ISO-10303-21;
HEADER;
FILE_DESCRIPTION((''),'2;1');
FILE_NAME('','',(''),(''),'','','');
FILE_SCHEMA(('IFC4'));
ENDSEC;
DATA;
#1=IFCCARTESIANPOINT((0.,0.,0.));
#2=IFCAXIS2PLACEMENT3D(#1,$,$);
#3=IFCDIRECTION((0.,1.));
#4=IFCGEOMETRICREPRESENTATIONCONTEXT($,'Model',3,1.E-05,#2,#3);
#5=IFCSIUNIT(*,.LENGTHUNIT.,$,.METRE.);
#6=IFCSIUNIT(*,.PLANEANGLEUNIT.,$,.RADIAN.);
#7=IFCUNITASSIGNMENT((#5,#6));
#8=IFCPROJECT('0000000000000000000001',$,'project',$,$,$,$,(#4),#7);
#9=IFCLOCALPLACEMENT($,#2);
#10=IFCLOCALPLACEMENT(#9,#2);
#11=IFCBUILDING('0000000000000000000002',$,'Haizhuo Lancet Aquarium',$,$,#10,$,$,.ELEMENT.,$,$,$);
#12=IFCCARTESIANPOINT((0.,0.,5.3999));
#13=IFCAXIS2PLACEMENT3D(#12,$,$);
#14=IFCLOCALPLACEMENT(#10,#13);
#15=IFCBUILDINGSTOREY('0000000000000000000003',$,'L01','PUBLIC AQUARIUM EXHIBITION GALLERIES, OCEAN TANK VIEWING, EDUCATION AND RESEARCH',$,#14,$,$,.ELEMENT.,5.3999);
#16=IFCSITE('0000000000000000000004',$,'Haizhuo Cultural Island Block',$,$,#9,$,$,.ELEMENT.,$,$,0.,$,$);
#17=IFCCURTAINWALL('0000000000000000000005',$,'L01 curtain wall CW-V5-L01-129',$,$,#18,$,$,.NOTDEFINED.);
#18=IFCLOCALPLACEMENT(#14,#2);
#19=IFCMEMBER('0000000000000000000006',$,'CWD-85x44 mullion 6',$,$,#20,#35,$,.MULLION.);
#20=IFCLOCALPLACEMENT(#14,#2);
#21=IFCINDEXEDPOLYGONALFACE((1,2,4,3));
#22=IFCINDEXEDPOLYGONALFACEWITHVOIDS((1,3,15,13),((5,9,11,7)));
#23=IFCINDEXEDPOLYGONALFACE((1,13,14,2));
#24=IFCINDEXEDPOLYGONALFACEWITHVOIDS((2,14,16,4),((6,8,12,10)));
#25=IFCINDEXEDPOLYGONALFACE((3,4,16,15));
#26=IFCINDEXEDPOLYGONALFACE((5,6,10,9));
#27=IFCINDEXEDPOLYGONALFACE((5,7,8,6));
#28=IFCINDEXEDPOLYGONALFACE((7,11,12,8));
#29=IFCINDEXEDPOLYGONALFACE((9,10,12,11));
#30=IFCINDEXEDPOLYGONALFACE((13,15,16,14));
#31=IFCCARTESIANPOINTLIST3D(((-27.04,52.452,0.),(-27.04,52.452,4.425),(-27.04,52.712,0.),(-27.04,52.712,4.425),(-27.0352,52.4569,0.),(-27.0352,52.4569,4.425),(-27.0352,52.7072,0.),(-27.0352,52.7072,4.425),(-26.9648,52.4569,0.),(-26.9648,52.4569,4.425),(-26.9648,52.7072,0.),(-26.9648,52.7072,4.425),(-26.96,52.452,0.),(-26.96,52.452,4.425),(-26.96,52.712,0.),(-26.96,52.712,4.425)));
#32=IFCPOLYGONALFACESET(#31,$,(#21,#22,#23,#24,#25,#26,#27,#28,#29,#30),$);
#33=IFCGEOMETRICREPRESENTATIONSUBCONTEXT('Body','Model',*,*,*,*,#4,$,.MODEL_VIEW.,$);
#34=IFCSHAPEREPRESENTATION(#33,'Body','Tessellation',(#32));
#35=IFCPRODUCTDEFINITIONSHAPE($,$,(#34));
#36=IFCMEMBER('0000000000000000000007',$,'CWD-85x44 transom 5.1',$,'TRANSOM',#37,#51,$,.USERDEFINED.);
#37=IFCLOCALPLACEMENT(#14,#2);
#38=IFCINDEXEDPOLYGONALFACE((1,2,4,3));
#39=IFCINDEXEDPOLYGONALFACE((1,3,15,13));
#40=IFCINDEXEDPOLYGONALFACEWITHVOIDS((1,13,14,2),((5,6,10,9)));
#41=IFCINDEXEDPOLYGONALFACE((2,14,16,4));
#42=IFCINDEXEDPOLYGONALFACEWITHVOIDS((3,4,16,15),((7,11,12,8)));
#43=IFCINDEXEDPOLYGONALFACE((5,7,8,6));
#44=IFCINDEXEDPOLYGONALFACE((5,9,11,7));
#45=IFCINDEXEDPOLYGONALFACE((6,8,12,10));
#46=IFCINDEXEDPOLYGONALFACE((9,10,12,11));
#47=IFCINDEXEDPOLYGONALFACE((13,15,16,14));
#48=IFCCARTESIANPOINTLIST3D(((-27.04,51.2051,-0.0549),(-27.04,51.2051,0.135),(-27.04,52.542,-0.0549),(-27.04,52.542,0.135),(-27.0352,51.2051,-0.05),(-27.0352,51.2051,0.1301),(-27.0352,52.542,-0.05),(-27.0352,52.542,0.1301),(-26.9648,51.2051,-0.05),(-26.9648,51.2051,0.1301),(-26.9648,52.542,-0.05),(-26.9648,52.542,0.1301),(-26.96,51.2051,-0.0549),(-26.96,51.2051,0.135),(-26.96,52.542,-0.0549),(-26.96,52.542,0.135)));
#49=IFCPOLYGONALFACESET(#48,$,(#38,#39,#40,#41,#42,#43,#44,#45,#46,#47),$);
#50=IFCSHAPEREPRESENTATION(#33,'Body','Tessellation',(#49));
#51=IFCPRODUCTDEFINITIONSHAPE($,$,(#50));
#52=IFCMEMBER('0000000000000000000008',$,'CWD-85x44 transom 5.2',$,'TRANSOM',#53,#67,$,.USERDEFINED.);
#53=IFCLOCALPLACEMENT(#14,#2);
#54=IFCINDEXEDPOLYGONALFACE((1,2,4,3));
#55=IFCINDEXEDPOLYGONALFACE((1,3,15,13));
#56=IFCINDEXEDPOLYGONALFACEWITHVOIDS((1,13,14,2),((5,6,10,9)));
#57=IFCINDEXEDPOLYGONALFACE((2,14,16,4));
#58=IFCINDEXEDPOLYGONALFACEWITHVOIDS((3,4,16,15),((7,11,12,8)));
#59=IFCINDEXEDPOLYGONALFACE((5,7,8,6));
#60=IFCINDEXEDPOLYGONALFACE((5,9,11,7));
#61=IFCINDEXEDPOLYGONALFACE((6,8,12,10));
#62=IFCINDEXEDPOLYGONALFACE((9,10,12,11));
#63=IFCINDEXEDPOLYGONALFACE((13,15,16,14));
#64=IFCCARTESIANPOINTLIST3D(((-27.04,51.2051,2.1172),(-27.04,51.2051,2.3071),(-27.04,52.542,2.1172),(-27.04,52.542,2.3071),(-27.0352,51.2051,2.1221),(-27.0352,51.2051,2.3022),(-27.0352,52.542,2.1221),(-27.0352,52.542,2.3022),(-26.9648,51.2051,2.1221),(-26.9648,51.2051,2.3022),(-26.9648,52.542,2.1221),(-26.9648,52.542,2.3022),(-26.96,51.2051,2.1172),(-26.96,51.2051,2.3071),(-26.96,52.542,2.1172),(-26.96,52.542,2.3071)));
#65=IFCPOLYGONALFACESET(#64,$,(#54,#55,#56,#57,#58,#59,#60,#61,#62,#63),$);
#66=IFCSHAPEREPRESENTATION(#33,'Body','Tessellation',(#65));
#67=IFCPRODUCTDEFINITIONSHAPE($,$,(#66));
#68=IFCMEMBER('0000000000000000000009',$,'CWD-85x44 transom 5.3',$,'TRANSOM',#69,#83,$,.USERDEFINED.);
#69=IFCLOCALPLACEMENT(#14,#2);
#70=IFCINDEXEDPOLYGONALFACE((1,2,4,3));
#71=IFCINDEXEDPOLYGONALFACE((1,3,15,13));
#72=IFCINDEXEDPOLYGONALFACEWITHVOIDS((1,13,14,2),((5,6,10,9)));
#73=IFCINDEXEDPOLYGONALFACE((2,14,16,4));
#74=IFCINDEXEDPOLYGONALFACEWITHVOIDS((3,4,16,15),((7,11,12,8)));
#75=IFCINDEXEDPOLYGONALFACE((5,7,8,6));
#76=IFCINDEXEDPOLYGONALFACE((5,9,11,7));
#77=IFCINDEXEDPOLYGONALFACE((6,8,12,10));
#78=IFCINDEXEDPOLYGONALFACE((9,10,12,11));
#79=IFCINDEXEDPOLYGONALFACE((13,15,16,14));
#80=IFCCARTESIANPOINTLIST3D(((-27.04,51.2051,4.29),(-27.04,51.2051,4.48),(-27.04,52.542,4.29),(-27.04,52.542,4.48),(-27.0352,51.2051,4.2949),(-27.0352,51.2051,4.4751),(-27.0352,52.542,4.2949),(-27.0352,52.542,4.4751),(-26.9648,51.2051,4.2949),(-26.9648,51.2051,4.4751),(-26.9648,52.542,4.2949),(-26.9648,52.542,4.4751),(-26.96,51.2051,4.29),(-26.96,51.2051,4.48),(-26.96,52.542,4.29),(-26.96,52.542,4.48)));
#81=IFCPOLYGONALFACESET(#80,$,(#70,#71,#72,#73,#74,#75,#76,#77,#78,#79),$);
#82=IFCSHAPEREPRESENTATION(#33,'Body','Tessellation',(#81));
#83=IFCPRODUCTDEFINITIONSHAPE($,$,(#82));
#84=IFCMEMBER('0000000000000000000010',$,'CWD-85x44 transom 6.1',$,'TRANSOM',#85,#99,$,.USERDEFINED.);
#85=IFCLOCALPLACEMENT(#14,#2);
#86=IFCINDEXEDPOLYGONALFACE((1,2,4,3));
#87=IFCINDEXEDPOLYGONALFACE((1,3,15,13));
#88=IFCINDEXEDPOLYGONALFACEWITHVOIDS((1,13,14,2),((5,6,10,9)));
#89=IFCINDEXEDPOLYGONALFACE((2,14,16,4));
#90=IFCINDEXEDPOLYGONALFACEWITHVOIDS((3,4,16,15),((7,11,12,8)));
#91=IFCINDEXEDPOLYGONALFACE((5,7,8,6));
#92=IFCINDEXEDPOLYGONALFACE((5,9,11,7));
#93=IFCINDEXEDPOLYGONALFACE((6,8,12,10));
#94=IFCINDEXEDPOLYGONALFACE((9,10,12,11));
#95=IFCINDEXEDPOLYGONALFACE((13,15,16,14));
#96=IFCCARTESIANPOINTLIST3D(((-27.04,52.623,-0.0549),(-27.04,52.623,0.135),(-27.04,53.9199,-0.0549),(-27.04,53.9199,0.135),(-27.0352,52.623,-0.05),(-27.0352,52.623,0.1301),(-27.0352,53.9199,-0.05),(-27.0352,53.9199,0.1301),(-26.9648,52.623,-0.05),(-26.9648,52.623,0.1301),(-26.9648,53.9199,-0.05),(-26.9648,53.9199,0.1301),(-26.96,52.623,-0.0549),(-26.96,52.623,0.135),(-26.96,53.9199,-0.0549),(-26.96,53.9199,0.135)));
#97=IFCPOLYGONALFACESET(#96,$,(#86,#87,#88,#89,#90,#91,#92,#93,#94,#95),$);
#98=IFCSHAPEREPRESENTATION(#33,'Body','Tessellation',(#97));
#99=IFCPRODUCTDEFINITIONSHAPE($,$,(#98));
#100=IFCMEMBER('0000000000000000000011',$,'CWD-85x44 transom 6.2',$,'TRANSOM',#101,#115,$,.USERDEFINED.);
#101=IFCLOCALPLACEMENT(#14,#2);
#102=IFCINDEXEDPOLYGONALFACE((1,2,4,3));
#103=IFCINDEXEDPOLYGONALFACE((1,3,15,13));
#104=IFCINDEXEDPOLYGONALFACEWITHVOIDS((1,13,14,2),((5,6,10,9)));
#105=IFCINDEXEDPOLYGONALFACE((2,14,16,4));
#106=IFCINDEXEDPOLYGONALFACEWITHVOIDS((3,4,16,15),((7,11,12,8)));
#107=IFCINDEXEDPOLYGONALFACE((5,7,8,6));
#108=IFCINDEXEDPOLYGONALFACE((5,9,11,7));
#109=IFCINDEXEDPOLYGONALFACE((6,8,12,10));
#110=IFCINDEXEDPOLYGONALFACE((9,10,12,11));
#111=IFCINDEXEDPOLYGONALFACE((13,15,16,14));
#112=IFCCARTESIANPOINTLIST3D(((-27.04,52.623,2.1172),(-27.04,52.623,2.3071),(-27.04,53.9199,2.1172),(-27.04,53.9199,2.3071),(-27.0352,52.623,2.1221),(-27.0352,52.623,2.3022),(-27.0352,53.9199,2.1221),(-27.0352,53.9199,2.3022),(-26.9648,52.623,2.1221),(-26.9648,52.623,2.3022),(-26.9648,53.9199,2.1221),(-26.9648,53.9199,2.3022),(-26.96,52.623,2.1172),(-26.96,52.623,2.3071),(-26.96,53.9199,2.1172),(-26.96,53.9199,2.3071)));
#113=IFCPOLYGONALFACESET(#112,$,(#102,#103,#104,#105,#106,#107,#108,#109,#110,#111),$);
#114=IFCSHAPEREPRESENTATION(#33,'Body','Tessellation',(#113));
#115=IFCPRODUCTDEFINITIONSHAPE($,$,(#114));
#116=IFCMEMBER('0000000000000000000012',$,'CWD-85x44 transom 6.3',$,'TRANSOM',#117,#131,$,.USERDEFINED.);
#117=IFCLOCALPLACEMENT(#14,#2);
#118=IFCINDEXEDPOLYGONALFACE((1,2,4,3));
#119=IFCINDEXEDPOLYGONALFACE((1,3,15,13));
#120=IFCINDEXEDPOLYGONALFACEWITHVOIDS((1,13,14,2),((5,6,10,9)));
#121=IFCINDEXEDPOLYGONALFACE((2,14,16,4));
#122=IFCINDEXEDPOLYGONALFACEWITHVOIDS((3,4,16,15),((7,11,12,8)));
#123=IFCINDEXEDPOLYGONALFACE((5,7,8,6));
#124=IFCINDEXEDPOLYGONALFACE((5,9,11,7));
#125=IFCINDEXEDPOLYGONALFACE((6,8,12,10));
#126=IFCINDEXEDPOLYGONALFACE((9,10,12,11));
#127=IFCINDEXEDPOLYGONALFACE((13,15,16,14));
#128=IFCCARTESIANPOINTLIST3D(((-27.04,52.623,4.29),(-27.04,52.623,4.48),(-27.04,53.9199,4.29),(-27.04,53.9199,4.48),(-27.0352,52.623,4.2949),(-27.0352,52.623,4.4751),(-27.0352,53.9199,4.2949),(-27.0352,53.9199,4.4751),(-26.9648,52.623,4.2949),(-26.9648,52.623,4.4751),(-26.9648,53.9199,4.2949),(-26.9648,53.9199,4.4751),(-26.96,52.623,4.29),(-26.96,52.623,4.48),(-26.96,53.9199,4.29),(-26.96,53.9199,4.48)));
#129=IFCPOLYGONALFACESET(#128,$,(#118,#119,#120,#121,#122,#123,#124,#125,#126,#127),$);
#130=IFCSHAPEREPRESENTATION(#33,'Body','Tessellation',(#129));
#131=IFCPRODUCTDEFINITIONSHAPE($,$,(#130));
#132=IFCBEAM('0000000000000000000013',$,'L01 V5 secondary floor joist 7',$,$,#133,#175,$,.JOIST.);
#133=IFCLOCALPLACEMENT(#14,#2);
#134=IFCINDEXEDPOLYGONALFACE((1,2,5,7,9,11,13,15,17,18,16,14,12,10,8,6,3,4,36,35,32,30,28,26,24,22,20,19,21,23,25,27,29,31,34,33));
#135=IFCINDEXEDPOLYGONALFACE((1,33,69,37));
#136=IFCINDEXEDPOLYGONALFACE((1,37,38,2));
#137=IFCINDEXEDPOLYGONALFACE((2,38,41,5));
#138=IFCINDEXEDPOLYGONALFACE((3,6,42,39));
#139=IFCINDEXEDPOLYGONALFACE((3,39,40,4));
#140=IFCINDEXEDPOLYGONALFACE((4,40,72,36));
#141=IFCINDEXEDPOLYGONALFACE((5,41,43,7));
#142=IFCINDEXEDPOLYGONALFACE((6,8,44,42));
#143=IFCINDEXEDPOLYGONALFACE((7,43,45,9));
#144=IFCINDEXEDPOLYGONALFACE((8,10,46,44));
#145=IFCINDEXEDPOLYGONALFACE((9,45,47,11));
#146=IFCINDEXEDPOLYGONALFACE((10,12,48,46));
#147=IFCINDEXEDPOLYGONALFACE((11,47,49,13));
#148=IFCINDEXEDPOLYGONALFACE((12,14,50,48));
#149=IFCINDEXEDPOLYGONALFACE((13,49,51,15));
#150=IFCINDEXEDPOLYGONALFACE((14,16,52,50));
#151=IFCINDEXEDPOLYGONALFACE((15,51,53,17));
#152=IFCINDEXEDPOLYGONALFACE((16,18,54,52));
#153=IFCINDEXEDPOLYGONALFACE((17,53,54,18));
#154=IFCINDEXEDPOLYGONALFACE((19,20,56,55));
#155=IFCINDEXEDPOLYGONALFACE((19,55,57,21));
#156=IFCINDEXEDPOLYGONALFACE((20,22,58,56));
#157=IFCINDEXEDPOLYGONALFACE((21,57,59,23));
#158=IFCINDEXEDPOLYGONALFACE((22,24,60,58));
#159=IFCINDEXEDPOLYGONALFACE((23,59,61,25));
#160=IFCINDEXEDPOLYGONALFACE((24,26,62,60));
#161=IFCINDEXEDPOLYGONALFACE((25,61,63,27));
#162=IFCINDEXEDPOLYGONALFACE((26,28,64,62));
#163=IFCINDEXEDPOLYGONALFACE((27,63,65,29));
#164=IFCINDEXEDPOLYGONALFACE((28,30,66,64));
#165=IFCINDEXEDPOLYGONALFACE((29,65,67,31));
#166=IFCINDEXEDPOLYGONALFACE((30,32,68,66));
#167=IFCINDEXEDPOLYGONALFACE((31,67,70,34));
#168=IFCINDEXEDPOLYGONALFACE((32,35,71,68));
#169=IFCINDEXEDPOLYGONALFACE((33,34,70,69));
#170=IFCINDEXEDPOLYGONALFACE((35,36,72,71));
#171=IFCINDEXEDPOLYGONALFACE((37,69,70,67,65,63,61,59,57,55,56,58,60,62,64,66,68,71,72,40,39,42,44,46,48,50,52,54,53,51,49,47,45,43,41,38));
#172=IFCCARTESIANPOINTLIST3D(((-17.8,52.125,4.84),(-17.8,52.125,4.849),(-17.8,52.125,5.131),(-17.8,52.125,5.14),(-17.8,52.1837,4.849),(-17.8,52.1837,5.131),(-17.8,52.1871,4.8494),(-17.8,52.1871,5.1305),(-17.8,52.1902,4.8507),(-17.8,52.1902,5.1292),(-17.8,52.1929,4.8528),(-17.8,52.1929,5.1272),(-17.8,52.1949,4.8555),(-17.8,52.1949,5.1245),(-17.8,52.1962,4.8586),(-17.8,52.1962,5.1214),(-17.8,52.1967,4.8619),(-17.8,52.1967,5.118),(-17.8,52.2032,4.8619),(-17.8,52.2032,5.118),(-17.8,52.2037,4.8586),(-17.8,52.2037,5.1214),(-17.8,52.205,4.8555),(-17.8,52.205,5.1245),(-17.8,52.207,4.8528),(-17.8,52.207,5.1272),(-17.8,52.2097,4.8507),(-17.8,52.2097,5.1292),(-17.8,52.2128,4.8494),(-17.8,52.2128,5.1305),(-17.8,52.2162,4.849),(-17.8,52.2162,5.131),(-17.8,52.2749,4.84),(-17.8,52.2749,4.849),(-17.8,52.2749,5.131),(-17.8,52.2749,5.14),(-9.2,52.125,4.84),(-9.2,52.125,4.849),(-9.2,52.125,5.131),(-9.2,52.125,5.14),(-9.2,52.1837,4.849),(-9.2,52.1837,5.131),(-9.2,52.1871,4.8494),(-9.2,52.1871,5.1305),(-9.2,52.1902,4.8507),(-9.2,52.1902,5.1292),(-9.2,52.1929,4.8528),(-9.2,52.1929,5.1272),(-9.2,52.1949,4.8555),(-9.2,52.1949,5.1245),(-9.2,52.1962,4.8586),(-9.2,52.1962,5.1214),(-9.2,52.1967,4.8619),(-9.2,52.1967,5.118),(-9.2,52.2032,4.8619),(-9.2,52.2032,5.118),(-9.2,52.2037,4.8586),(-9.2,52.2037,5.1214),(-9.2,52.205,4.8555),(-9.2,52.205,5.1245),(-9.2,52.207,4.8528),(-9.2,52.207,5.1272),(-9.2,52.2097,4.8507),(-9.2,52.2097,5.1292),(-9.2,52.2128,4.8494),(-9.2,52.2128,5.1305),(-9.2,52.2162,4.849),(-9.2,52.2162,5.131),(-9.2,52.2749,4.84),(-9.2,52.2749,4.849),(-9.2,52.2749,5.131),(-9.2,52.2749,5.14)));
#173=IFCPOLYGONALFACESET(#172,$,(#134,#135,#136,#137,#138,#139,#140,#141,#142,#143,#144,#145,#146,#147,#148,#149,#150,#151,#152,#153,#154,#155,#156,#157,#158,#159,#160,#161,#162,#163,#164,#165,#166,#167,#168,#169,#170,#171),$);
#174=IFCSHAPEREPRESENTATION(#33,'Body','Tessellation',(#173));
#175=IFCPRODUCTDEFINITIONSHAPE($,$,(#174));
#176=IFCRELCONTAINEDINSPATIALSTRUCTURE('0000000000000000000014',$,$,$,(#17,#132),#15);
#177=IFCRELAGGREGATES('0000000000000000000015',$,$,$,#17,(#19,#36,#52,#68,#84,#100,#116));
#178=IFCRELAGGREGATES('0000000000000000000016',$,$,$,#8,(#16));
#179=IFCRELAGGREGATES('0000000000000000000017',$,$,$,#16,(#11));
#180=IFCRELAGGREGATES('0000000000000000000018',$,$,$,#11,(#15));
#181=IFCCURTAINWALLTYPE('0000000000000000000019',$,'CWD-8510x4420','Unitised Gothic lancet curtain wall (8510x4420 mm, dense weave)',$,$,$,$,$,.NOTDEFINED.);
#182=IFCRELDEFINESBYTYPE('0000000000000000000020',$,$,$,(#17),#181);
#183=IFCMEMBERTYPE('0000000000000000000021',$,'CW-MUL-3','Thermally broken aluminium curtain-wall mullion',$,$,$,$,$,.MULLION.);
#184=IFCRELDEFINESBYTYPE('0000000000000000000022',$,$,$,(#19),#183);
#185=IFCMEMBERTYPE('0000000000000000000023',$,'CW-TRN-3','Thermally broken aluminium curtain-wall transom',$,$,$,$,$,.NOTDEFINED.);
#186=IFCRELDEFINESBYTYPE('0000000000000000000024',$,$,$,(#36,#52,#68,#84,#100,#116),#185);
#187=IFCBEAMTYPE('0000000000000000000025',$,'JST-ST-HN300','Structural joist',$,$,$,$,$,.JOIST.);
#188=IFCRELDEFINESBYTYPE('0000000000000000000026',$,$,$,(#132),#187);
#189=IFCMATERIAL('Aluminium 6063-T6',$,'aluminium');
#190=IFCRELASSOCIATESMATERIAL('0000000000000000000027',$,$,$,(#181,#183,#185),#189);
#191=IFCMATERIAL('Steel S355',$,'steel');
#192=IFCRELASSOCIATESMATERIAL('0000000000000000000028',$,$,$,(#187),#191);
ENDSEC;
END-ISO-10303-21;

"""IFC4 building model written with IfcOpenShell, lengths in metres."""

from ifc_helpers import new_model, si_unit, direction, frame, origin, origin_2d, place, context, subcontext, project, spatial, hollow_rectangle, i_section, extrude, material, material_profile, profile_set, type_object, element, aggregate, save


model = new_model("IFC4")

# Units and contexts
model_context = context("Model", 3, precision=1e-05, world=origin(), true_north=direction((0.0, 1.0)))
body_context = subcontext(model_context, "Body", "Model", "MODEL_VIEW")
ifc_project = project(units=[si_unit("LENGTHUNIT", "METRE"), si_unit("PLANEANGLEUNIT", "RADIAN")], contexts=[model_context])

# Site, building, storey
site_placement = place(None, origin())
site = spatial("IfcSite", under=ifc_project, at=site_placement, Name="Haizhuo Cultural Island Block", CompositionType="ELEMENT", RefElevation=0.0)
building_placement = place(site_placement, origin())
building = spatial("IfcBuilding", under=site, at=building_placement, Name="Haizhuo Lancet Aquarium", CompositionType="ELEMENT")
storey_placement = place(building_placement, frame((0.0, 0.0, 5.3999)))
storey = spatial("IfcBuildingStorey", under=building, at=storey_placement, Name="L01", Description="PUBLIC AQUARIUM EXHIBITION GALLERIES, OCEAN TANK VIEWING, EDUCATION AND RESEARCH", CompositionType="ELEMENT", Elevation=5.3999)

# Curtain wall, members
ifc_material_1 = material(Name="Aluminium 6063-T6", Category="aluminium")
curtain_wall_type = type_object("IfcCurtainWallType", Name="CWD-8510x4420", Description="Unitised Gothic lancet curtain wall (8510x4420 mm, dense weave)", PredefinedType="NOTDEFINED", material=ifc_material_1)
curtain_wall_placement = place(storey_placement, origin())
curtain_wall = element("IfcCurtainWall", 1, at=curtain_wall_placement, inside=storey, type_object=curtain_wall_type, Name="L01 curtain wall CW-V5-L01-129", PredefinedType="NOTDEFINED")
ifc_material_profile_1 = material_profile(ifc_material_1, hollow_rectangle(XDim=0.0801, YDim=0.26, WallThickness=0.0049, at=origin_2d()), Name="ALU-M 80x260x5")
ifc_profile_set_1 = profile_set([ifc_material_profile_1], Name="Aluminium 6063-T6")
member_type_1 = type_object("IfcMemberType", Name="CW-MUL-3", Description="Thermally broken aluminium curtain-wall mullion", PredefinedType="MULLION", material=ifc_profile_set_1)
member_1_placement = place(storey_placement, frame((-27.0, 52.582, 0.0), z_axis=(0.0, 0.0, 1.0), x_axis=(-1.0, 0.0, 0.0)))
member_1 = element("IfcMember", 2, at=member_1_placement, type_object=member_type_1, Name="CWD-85x44 mullion 6", PredefinedType="MULLION", context=body_context, shape_type="SweptSolid", body=[
    extrude(hollow_rectangle(XDim=0.0801, YDim=0.26, WallThickness=0.0049, at=origin_2d()), origin(), (0.0, 0.0, 1.0), 4.425),
])
ifc_material_profile_2 = material_profile(ifc_material_1, hollow_rectangle(XDim=0.0801, YDim=0.1899, WallThickness=0.0049, at=origin_2d()), Name="ALU-T 80x190x5")
ifc_profile_set_2 = profile_set([ifc_material_profile_2], Name="Aluminium 6063-T6")
member_type_2 = type_object("IfcMemberType", Name="CW-TRN-3", Description="Thermally broken aluminium curtain-wall transom", PredefinedType="NOTDEFINED", material=ifc_profile_set_2)
member_2_placement = place(storey_placement, frame((-27.0, 51.2051, 0.04), z_axis=(0.0, 1.0, 0.0), x_axis=(-1.0, 0.0, 0.0)))
member_2 = element("IfcMember", 3, at=member_2_placement, type_object=member_type_2, Name="CWD-85x44 transom 5.1", ObjectType="TRANSOM", PredefinedType="USERDEFINED", context=body_context, shape_type="SweptSolid", body=[
    extrude(hollow_rectangle(XDim=0.0801, YDim=0.1899, WallThickness=0.0049, at=origin_2d()), origin(), (0.0, 0.0, 1.0), 1.3369),
])
member_3_placement = place(storey_placement, frame((-27.0, 51.2051, 2.2122), z_axis=(0.0, 1.0, 0.0), x_axis=(-1.0, 0.0, 0.0)))
member_3 = element("IfcMember", 4, at=member_3_placement, type_object=member_type_2, Name="CWD-85x44 transom 5.2", ObjectType="TRANSOM", PredefinedType="USERDEFINED", context=body_context, shape_type="SweptSolid", body=[
    extrude(hollow_rectangle(XDim=0.0801, YDim=0.1899, WallThickness=0.0049, at=origin_2d()), origin(), (0.0, 0.0, 1.0), 1.3369),
])
member_4_placement = place(storey_placement, frame((-27.0, 51.2051, 4.385), z_axis=(0.0, 1.0, 0.0), x_axis=(-1.0, 0.0, 0.0)))
member_4 = element("IfcMember", 5, at=member_4_placement, type_object=member_type_2, Name="CWD-85x44 transom 5.3", ObjectType="TRANSOM", PredefinedType="USERDEFINED", context=body_context, shape_type="SweptSolid", body=[
    extrude(hollow_rectangle(XDim=0.0801, YDim=0.1899, WallThickness=0.0049, at=origin_2d()), origin(), (0.0, 0.0, 1.0), 1.3369),
])
member_5_placement = place(storey_placement, frame((-27.0, 52.623, 0.04), z_axis=(0.0, 1.0, 0.0), x_axis=(-1.0, 0.0, 0.0)))
member_5 = element("IfcMember", 6, at=member_5_placement, type_object=member_type_2, Name="CWD-85x44 transom 6.1", ObjectType="TRANSOM", PredefinedType="USERDEFINED", context=body_context, shape_type="SweptSolid", body=[
    extrude(hollow_rectangle(XDim=0.0801, YDim=0.1899, WallThickness=0.0049, at=origin_2d()), origin(), (0.0, 0.0, 1.0), 1.2969),
])
member_6_placement = place(storey_placement, frame((-27.0, 52.623, 2.2122), z_axis=(0.0, 1.0, 0.0), x_axis=(-1.0, 0.0, 0.0)))
member_6 = element("IfcMember", 7, at=member_6_placement, type_object=member_type_2, Name="CWD-85x44 transom 6.2", ObjectType="TRANSOM", PredefinedType="USERDEFINED", context=body_context, shape_type="SweptSolid", body=[
    extrude(hollow_rectangle(XDim=0.0801, YDim=0.1899, WallThickness=0.0049, at=origin_2d()), origin(), (0.0, 0.0, 1.0), 1.2969),
])
member_7_placement = place(storey_placement, frame((-27.0, 52.623, 4.385), z_axis=(0.0, 1.0, 0.0), x_axis=(-1.0, 0.0, 0.0)))
member_7 = element("IfcMember", 8, at=member_7_placement, type_object=member_type_2, Name="CWD-85x44 transom 6.3", ObjectType="TRANSOM", PredefinedType="USERDEFINED", context=body_context, shape_type="SweptSolid", body=[
    extrude(hollow_rectangle(XDim=0.0801, YDim=0.1899, WallThickness=0.0049, at=origin_2d()), origin(), (0.0, 0.0, 1.0), 1.2969),
])

# Beam
ifc_material_2 = material(Name="Steel S355", Category="steel")
ifc_material_profile_3 = material_profile(ifc_material_2, i_section(OverallWidth=0.1499, OverallDepth=0.3, WebThickness=0.0066, FlangeThickness=0.009, FilletRadius=0.0129, at=origin_2d()), Name="HN 300x150x6.5x9")
ifc_profile_set_3 = profile_set([ifc_material_profile_3], Name="Steel S355")
beam_type_1 = type_object("IfcBeamType", Name="JST-ST-HN300", Description="Structural joist", PredefinedType="JOIST", material=ifc_profile_set_3)
beam_1_placement = place(storey_placement, frame((-17.8, 52.2, 4.99), z_axis=(1.0, 0.0, 0.0), x_axis=(0.0, 1.0, 0.0)))
element("IfcBeam", 9, at=beam_1_placement, inside=storey, type_object=beam_type_1, Name="L01 V5 secondary floor joist 7", PredefinedType="JOIST", context=body_context, shape_type="SweptSolid", body=[
    extrude(i_section(OverallWidth=0.1499, OverallDepth=0.3, WebThickness=0.0066, FlangeThickness=0.009, FilletRadius=0.0129, at=origin_2d()), origin(), (0.0, 0.0, 1.0), 8.6001),
])

aggregate(curtain_wall, [member_1, member_2, member_3, member_4, member_5, member_6, member_7])

save(model, "model.ifc")
